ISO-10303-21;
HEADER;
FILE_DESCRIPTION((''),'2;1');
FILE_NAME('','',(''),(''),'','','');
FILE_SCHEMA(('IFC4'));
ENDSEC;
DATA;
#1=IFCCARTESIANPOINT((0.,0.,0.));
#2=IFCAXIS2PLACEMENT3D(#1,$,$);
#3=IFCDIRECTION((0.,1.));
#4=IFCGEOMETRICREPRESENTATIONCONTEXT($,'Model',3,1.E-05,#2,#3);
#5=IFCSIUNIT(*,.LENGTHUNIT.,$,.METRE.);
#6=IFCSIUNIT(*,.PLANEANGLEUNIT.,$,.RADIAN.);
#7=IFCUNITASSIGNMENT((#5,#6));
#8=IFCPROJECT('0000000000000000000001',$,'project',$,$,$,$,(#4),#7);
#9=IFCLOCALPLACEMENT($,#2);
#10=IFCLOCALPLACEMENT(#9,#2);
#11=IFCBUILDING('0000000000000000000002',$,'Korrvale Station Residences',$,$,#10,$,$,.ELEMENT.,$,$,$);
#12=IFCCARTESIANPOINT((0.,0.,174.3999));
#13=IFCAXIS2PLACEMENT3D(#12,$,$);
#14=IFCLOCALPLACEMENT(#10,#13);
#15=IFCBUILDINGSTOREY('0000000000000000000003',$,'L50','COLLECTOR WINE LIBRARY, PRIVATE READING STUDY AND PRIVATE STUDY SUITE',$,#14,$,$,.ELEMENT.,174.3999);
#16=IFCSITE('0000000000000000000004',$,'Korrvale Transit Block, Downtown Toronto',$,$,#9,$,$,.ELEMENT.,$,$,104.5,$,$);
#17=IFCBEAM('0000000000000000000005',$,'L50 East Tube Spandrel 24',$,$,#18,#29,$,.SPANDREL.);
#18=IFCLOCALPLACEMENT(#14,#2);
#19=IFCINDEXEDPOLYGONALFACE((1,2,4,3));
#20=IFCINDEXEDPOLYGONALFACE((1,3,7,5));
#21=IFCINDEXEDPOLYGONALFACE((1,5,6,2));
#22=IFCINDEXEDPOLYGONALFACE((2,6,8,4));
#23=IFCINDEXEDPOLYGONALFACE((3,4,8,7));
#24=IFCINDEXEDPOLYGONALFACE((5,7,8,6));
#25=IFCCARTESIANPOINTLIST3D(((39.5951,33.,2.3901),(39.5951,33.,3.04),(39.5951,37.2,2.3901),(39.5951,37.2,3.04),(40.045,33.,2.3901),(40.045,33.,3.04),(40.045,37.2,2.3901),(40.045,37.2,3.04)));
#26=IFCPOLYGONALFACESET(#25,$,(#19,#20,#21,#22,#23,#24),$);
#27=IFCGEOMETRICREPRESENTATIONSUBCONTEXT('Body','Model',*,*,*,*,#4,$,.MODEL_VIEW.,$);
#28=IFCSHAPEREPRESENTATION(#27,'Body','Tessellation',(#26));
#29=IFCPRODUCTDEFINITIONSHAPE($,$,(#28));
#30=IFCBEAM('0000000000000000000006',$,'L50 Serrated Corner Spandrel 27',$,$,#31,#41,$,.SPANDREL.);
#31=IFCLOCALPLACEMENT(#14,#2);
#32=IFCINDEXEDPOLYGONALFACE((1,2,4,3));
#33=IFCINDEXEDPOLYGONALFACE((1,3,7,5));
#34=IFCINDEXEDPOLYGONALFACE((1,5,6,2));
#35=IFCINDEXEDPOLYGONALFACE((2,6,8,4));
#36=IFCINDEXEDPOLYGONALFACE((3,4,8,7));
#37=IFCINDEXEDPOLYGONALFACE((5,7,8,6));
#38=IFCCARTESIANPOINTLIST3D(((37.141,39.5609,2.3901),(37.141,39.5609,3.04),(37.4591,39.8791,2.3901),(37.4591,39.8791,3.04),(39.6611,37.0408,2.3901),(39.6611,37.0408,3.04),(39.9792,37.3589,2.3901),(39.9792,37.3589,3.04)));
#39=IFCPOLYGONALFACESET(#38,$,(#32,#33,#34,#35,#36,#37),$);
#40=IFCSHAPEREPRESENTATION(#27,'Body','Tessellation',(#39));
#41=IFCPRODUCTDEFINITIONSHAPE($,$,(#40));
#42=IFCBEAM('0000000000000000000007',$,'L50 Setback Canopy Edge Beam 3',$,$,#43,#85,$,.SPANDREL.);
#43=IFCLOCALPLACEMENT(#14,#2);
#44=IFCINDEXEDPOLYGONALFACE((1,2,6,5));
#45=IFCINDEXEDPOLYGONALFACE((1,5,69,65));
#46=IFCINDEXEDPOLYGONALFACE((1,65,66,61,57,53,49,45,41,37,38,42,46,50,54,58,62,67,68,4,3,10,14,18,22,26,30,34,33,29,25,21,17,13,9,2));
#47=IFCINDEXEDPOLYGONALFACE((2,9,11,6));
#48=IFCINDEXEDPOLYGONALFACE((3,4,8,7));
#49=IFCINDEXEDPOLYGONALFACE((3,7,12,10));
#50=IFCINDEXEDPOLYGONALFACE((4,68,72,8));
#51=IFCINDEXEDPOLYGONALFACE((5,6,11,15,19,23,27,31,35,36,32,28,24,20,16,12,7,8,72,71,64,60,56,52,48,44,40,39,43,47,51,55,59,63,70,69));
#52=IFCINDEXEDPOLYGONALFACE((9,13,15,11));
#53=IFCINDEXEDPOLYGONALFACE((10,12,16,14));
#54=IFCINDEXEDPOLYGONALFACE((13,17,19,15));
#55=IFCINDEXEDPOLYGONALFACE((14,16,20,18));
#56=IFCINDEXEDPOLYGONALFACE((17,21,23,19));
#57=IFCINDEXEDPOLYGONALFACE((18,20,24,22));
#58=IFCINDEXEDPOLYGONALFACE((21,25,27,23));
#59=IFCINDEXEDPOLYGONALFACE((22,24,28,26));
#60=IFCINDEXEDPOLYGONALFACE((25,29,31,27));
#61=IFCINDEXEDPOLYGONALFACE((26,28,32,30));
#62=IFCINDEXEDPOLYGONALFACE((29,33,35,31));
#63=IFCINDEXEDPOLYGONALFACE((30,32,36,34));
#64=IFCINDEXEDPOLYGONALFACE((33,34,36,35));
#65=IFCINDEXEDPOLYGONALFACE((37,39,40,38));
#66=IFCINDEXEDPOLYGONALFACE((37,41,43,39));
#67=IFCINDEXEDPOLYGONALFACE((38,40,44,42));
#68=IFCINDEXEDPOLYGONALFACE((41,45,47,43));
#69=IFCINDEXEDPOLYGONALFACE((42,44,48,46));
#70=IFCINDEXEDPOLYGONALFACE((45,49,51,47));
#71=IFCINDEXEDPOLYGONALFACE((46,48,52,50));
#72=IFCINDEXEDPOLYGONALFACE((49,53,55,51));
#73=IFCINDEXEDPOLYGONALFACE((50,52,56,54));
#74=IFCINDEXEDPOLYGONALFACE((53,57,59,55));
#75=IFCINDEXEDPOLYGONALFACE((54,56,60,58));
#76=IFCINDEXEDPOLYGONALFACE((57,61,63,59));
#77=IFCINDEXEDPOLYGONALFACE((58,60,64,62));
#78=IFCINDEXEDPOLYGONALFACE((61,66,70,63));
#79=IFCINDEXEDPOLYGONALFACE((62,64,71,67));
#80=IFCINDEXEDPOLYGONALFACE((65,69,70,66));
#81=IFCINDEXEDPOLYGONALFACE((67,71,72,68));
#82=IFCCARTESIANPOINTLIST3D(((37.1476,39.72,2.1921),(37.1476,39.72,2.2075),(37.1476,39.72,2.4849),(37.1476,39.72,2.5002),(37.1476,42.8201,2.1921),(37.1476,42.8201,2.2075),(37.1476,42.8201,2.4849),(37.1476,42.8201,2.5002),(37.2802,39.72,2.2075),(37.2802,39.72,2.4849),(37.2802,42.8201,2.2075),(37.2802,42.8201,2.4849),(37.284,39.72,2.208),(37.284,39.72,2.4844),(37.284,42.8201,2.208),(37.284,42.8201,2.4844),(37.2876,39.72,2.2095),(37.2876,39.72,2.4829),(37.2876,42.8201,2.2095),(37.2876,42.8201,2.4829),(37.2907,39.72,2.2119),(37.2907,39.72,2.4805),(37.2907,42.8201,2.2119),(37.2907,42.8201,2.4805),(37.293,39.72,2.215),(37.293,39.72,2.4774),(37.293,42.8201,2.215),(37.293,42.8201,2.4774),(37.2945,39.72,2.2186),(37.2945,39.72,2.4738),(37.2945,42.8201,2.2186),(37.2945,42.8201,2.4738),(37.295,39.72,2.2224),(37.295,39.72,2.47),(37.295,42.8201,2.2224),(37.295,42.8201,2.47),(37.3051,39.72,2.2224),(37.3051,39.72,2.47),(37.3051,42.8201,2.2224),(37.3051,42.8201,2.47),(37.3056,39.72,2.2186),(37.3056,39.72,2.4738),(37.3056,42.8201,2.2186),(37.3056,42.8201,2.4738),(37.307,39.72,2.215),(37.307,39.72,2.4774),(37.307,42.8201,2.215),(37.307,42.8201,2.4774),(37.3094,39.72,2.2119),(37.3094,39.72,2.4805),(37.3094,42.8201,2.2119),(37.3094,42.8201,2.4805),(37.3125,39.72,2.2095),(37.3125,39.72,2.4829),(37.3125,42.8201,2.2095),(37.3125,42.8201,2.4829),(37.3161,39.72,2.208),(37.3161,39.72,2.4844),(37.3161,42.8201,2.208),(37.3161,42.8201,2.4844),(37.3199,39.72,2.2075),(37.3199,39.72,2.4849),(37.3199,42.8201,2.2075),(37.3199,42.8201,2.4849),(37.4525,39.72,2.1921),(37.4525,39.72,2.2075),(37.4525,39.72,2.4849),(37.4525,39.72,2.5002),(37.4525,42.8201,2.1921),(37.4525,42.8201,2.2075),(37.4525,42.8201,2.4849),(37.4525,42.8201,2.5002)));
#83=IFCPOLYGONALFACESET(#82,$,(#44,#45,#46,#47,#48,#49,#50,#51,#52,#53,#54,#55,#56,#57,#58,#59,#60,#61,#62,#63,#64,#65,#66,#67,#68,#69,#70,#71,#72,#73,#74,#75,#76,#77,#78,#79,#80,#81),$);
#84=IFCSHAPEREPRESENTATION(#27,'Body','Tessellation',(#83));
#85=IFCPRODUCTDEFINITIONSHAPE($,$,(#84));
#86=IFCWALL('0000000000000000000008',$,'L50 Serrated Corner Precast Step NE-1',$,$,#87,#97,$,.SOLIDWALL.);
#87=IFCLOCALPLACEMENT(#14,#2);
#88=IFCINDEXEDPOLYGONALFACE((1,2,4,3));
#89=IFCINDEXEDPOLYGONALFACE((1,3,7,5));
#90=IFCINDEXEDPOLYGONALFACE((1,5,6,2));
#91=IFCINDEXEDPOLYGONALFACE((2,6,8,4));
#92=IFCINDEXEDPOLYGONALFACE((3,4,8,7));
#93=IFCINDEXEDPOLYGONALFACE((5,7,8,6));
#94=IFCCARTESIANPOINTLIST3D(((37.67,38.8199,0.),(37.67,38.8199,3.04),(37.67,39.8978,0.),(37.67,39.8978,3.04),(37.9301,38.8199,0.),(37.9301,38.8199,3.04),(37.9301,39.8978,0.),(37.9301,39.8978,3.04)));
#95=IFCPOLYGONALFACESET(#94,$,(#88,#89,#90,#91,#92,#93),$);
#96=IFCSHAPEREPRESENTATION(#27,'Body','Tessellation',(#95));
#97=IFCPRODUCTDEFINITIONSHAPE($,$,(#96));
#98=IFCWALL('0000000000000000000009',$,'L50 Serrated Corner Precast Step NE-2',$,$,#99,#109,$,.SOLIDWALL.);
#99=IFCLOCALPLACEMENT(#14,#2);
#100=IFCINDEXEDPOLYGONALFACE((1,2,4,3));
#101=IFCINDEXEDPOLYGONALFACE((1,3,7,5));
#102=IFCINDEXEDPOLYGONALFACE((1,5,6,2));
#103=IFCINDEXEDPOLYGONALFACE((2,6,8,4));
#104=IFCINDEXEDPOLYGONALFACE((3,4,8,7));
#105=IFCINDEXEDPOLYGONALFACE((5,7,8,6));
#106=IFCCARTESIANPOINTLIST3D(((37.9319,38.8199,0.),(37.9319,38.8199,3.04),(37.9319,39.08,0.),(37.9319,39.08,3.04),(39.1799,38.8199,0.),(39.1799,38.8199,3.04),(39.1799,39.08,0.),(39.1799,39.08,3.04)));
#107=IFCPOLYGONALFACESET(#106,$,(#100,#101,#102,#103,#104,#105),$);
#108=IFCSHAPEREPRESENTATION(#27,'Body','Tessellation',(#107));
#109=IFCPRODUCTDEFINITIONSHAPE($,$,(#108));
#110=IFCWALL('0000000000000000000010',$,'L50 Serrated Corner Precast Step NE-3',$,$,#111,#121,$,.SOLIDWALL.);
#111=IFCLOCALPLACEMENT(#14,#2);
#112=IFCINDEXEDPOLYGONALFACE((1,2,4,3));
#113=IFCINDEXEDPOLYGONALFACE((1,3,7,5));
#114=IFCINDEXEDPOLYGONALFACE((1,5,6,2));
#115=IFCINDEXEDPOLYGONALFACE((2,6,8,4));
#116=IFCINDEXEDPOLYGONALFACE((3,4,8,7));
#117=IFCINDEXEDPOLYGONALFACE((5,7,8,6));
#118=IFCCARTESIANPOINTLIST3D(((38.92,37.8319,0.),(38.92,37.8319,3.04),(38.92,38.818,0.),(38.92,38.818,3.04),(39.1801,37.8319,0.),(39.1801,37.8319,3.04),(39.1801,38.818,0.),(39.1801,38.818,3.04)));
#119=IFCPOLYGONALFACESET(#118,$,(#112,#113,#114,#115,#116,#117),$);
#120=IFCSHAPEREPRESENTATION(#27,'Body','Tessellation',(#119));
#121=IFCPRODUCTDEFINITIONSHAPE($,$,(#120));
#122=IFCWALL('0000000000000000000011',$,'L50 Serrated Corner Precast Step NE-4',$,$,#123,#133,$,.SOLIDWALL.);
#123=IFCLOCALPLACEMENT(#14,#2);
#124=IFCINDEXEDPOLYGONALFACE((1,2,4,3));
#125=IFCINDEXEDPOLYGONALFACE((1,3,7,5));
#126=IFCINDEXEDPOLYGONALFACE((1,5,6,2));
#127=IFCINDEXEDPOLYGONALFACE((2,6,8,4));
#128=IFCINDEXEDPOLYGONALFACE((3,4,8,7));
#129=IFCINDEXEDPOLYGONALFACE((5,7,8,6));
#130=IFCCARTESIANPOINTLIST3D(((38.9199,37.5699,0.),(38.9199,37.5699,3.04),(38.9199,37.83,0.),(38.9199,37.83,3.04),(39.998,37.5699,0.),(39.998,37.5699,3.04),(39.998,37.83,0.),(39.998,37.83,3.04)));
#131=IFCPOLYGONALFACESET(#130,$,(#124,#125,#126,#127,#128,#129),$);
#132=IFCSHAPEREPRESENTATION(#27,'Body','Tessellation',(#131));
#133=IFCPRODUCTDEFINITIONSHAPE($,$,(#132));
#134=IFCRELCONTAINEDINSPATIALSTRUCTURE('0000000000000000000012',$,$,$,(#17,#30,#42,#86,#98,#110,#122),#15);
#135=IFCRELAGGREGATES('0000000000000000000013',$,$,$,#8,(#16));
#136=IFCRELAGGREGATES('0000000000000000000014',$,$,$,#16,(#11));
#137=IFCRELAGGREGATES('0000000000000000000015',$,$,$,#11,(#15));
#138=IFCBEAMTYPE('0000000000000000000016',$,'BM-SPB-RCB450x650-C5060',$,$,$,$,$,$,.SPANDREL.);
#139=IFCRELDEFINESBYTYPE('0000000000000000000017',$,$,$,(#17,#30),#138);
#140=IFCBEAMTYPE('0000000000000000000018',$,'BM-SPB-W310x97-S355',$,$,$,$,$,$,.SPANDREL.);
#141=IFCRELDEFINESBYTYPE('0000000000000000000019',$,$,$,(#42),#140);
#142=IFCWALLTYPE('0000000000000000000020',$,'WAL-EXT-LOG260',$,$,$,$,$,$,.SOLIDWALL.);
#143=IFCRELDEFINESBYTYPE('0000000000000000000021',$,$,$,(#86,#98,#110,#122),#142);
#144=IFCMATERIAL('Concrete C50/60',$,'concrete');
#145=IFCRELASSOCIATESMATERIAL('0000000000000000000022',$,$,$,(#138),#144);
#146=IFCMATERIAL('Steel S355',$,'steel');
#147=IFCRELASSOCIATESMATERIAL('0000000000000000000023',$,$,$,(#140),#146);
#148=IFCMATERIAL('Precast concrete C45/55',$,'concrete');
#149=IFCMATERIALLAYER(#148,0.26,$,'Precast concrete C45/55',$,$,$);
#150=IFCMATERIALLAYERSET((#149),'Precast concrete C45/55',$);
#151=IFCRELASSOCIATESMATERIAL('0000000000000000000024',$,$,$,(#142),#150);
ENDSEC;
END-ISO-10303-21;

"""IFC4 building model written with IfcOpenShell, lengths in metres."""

from ifc_helpers import new_model, si_unit, direction, frame, frame_2d, origin, origin_2d, place, context, subcontext, project, spatial, rectangle, i_section, extrude, material, layer, layer_set, material_profile, profile_set, type_object, element, save


model = new_model("IFC4")

# Units and contexts
model_context = context("Model", 3, precision=1e-05, world=origin(), true_north=direction((0.0, 1.0)))
body_context = subcontext(model_context, "Body", "Model", "MODEL_VIEW")
ifc_project = project(units=[si_unit("LENGTHUNIT", "METRE"), si_unit("PLANEANGLEUNIT", "RADIAN")], contexts=[model_context])

# Site, building, storey
site_placement = place(None, origin())
site = spatial("IfcSite", under=ifc_project, at=site_placement, Name="Korrvale Transit Block, Downtown Toronto", CompositionType="ELEMENT", RefElevation=104.5)
building_placement = place(site_placement, origin())
building = spatial("IfcBuilding", under=site, at=building_placement, Name="Korrvale Station Residences", CompositionType="ELEMENT")
storey_placement = place(building_placement, frame((0.0, 0.0, 174.3999)))
storey = spatial("IfcBuildingStorey", under=building, at=storey_placement, Name="L50", Description="COLLECTOR WINE LIBRARY, PRIVATE READING STUDY AND PRIVATE STUDY SUITE", CompositionType="ELEMENT", Elevation=174.3999)

# Shared definitions
ifc_material_1 = material(Name="Steel S355", Category="steel")
ifc_material_2 = material(Name="Concrete C50/60", Category="concrete")

# Beams
ifc_material_profile_1 = material_profile(ifc_material_2, rectangle(XDim=0.45, YDim=0.6499, at=origin_2d()), Name="RCB450x650")
ifc_profile_set_1 = profile_set([ifc_material_profile_1], Name="Concrete C50/60")
beam_type_1 = type_object("IfcBeamType", Name="BM-SPB-RCB450x650-C5060", PredefinedType="SPANDREL", material=ifc_profile_set_1)
beam_1_placement = place(storey_placement, frame((39.8201, 33.0, 2.7151), z_axis=(0.0, 1.0, 0.0), x_axis=(-1.0, 0.0, 0.0)))
element("IfcBeam", 1, at=beam_1_placement, inside=storey, type_object=beam_type_1, Name="L50 East Tube Spandrel 24", PredefinedType="SPANDREL", context=body_context, shape_type="SweptSolid", body=[
    extrude(rectangle(XDim=0.45, YDim=0.6499, at=origin_2d()), origin(), (0.0, 0.0, 1.0), 4.2),
])
beam_2_placement = place(storey_placement, frame((37.3, 39.72, 2.7151), z_axis=(0.707107, -0.707107, 0.0), x_axis=(0.707107, 0.707107, 0.0)))
element("IfcBeam", 2, at=beam_2_placement, inside=storey, type_object=beam_type_1, Name="L50 Serrated Corner Spandrel 27", PredefinedType="SPANDREL", context=body_context, shape_type="SweptSolid", body=[
    extrude(rectangle(XDim=0.45, YDim=0.6499, at=origin_2d()), origin(), (0.0, 0.0, 1.0), 3.564),
])
ifc_material_profile_2 = material_profile(ifc_material_1, i_section(OverallWidth=0.3049, OverallDepth=0.3081, WebThickness=0.01, FlangeThickness=0.0154, FilletRadius=0.0149, at=origin_2d()), Name="W310x97")
ifc_profile_set_2 = profile_set([ifc_material_profile_2], Name="Steel S355")
beam_type_2 = type_object("IfcBeamType", Name="BM-SPB-W310x97-S355", PredefinedType="SPANDREL", material=ifc_profile_set_2)
beam_3_placement = place(storey_placement, frame((37.3, 42.8201, 2.3462), z_axis=(0.0, -1.0, 0.0), x_axis=(1.0, 0.0, 0.0)))
element("IfcBeam", 3, at=beam_3_placement, inside=storey, type_object=beam_type_2, Name="L50 Setback Canopy Edge Beam 3", PredefinedType="SPANDREL", context=body_context, shape_type="SweptSolid", body=[
    extrude(i_section(OverallWidth=0.3049, OverallDepth=0.3081, WebThickness=0.01, FlangeThickness=0.0154, FilletRadius=0.0149, at=origin_2d()), origin(), (0.0, 0.0, 1.0), 3.1001),
])

# Walls
ifc_material_3 = material(Name="Precast concrete C45/55", Category="concrete")
ifc_layer_1 = layer(ifc_material_3, 0.26, Name="Precast concrete C45/55")
ifc_layer_set_1 = layer_set([ifc_layer_1], Name="Precast concrete C45/55")
wall_type_1 = type_object("IfcWallType", Name="WAL-EXT-LOG260", PredefinedType="SOLIDWALL", material=ifc_layer_set_1)
wall_1_placement = place(storey_placement, frame((37.8, 39.8979, 0.0), z_axis=(0.0, 0.0, 1.0), x_axis=(0.0, -1.0, 0.0)))
element("IfcWall", 4, at=wall_1_placement, inside=storey, type_object=wall_type_1, Name="L50 Serrated Corner Precast Step NE-1", PredefinedType="SOLIDWALL", context=body_context, shape_type="SweptSolid", body=[
    extrude(rectangle(XDim=1.0779, YDim=0.26, at=frame_2d((0.5391, 0.0))), origin(), (0.0, 0.0, 1.0), 3.04),
])
wall_2_placement = place(storey_placement, frame((37.9319, 38.95, 0.0), z_axis=(0.0, 0.0, 1.0), x_axis=(1.0, 0.0, 0.0)))
element("IfcWall", 5, at=wall_2_placement, inside=storey, type_object=wall_type_1, Name="L50 Serrated Corner Precast Step NE-2", PredefinedType="SOLIDWALL", context=body_context, shape_type="SweptSolid", body=[
    extrude(rectangle(XDim=1.248, YDim=0.26, at=frame_2d((0.624, 0.0))), origin(), (0.0, 0.0, 1.0), 3.04),
])
wall_3_placement = place(storey_placement, frame((39.05, 38.8181, 0.0), z_axis=(0.0, 0.0, 1.0), x_axis=(0.0, -1.0, 0.0)))
element("IfcWall", 6, at=wall_3_placement, inside=storey, type_object=wall_type_1, Name="L50 Serrated Corner Precast Step NE-3", PredefinedType="SOLIDWALL", context=body_context, shape_type="SweptSolid", body=[
    extrude(rectangle(XDim=0.9861, YDim=0.26, at=frame_2d((0.4932, 0.0))), origin(), (0.0, 0.0, 1.0), 3.04),
])
wall_4_placement = place(storey_placement, frame((38.9199, 37.7, 0.0), z_axis=(0.0, 0.0, 1.0), x_axis=(1.0, 0.0, 0.0)))
element("IfcWall", 7, at=wall_4_placement, inside=storey, type_object=wall_type_1, Name="L50 Serrated Corner Precast Step NE-4", PredefinedType="SOLIDWALL", context=body_context, shape_type="SweptSolid", body=[
    extrude(rectangle(XDim=1.0781, YDim=0.26, at=frame_2d((0.5391, 0.0))), origin(), (0.0, 0.0, 1.0), 3.04),
])

save(model, "model.ifc")
